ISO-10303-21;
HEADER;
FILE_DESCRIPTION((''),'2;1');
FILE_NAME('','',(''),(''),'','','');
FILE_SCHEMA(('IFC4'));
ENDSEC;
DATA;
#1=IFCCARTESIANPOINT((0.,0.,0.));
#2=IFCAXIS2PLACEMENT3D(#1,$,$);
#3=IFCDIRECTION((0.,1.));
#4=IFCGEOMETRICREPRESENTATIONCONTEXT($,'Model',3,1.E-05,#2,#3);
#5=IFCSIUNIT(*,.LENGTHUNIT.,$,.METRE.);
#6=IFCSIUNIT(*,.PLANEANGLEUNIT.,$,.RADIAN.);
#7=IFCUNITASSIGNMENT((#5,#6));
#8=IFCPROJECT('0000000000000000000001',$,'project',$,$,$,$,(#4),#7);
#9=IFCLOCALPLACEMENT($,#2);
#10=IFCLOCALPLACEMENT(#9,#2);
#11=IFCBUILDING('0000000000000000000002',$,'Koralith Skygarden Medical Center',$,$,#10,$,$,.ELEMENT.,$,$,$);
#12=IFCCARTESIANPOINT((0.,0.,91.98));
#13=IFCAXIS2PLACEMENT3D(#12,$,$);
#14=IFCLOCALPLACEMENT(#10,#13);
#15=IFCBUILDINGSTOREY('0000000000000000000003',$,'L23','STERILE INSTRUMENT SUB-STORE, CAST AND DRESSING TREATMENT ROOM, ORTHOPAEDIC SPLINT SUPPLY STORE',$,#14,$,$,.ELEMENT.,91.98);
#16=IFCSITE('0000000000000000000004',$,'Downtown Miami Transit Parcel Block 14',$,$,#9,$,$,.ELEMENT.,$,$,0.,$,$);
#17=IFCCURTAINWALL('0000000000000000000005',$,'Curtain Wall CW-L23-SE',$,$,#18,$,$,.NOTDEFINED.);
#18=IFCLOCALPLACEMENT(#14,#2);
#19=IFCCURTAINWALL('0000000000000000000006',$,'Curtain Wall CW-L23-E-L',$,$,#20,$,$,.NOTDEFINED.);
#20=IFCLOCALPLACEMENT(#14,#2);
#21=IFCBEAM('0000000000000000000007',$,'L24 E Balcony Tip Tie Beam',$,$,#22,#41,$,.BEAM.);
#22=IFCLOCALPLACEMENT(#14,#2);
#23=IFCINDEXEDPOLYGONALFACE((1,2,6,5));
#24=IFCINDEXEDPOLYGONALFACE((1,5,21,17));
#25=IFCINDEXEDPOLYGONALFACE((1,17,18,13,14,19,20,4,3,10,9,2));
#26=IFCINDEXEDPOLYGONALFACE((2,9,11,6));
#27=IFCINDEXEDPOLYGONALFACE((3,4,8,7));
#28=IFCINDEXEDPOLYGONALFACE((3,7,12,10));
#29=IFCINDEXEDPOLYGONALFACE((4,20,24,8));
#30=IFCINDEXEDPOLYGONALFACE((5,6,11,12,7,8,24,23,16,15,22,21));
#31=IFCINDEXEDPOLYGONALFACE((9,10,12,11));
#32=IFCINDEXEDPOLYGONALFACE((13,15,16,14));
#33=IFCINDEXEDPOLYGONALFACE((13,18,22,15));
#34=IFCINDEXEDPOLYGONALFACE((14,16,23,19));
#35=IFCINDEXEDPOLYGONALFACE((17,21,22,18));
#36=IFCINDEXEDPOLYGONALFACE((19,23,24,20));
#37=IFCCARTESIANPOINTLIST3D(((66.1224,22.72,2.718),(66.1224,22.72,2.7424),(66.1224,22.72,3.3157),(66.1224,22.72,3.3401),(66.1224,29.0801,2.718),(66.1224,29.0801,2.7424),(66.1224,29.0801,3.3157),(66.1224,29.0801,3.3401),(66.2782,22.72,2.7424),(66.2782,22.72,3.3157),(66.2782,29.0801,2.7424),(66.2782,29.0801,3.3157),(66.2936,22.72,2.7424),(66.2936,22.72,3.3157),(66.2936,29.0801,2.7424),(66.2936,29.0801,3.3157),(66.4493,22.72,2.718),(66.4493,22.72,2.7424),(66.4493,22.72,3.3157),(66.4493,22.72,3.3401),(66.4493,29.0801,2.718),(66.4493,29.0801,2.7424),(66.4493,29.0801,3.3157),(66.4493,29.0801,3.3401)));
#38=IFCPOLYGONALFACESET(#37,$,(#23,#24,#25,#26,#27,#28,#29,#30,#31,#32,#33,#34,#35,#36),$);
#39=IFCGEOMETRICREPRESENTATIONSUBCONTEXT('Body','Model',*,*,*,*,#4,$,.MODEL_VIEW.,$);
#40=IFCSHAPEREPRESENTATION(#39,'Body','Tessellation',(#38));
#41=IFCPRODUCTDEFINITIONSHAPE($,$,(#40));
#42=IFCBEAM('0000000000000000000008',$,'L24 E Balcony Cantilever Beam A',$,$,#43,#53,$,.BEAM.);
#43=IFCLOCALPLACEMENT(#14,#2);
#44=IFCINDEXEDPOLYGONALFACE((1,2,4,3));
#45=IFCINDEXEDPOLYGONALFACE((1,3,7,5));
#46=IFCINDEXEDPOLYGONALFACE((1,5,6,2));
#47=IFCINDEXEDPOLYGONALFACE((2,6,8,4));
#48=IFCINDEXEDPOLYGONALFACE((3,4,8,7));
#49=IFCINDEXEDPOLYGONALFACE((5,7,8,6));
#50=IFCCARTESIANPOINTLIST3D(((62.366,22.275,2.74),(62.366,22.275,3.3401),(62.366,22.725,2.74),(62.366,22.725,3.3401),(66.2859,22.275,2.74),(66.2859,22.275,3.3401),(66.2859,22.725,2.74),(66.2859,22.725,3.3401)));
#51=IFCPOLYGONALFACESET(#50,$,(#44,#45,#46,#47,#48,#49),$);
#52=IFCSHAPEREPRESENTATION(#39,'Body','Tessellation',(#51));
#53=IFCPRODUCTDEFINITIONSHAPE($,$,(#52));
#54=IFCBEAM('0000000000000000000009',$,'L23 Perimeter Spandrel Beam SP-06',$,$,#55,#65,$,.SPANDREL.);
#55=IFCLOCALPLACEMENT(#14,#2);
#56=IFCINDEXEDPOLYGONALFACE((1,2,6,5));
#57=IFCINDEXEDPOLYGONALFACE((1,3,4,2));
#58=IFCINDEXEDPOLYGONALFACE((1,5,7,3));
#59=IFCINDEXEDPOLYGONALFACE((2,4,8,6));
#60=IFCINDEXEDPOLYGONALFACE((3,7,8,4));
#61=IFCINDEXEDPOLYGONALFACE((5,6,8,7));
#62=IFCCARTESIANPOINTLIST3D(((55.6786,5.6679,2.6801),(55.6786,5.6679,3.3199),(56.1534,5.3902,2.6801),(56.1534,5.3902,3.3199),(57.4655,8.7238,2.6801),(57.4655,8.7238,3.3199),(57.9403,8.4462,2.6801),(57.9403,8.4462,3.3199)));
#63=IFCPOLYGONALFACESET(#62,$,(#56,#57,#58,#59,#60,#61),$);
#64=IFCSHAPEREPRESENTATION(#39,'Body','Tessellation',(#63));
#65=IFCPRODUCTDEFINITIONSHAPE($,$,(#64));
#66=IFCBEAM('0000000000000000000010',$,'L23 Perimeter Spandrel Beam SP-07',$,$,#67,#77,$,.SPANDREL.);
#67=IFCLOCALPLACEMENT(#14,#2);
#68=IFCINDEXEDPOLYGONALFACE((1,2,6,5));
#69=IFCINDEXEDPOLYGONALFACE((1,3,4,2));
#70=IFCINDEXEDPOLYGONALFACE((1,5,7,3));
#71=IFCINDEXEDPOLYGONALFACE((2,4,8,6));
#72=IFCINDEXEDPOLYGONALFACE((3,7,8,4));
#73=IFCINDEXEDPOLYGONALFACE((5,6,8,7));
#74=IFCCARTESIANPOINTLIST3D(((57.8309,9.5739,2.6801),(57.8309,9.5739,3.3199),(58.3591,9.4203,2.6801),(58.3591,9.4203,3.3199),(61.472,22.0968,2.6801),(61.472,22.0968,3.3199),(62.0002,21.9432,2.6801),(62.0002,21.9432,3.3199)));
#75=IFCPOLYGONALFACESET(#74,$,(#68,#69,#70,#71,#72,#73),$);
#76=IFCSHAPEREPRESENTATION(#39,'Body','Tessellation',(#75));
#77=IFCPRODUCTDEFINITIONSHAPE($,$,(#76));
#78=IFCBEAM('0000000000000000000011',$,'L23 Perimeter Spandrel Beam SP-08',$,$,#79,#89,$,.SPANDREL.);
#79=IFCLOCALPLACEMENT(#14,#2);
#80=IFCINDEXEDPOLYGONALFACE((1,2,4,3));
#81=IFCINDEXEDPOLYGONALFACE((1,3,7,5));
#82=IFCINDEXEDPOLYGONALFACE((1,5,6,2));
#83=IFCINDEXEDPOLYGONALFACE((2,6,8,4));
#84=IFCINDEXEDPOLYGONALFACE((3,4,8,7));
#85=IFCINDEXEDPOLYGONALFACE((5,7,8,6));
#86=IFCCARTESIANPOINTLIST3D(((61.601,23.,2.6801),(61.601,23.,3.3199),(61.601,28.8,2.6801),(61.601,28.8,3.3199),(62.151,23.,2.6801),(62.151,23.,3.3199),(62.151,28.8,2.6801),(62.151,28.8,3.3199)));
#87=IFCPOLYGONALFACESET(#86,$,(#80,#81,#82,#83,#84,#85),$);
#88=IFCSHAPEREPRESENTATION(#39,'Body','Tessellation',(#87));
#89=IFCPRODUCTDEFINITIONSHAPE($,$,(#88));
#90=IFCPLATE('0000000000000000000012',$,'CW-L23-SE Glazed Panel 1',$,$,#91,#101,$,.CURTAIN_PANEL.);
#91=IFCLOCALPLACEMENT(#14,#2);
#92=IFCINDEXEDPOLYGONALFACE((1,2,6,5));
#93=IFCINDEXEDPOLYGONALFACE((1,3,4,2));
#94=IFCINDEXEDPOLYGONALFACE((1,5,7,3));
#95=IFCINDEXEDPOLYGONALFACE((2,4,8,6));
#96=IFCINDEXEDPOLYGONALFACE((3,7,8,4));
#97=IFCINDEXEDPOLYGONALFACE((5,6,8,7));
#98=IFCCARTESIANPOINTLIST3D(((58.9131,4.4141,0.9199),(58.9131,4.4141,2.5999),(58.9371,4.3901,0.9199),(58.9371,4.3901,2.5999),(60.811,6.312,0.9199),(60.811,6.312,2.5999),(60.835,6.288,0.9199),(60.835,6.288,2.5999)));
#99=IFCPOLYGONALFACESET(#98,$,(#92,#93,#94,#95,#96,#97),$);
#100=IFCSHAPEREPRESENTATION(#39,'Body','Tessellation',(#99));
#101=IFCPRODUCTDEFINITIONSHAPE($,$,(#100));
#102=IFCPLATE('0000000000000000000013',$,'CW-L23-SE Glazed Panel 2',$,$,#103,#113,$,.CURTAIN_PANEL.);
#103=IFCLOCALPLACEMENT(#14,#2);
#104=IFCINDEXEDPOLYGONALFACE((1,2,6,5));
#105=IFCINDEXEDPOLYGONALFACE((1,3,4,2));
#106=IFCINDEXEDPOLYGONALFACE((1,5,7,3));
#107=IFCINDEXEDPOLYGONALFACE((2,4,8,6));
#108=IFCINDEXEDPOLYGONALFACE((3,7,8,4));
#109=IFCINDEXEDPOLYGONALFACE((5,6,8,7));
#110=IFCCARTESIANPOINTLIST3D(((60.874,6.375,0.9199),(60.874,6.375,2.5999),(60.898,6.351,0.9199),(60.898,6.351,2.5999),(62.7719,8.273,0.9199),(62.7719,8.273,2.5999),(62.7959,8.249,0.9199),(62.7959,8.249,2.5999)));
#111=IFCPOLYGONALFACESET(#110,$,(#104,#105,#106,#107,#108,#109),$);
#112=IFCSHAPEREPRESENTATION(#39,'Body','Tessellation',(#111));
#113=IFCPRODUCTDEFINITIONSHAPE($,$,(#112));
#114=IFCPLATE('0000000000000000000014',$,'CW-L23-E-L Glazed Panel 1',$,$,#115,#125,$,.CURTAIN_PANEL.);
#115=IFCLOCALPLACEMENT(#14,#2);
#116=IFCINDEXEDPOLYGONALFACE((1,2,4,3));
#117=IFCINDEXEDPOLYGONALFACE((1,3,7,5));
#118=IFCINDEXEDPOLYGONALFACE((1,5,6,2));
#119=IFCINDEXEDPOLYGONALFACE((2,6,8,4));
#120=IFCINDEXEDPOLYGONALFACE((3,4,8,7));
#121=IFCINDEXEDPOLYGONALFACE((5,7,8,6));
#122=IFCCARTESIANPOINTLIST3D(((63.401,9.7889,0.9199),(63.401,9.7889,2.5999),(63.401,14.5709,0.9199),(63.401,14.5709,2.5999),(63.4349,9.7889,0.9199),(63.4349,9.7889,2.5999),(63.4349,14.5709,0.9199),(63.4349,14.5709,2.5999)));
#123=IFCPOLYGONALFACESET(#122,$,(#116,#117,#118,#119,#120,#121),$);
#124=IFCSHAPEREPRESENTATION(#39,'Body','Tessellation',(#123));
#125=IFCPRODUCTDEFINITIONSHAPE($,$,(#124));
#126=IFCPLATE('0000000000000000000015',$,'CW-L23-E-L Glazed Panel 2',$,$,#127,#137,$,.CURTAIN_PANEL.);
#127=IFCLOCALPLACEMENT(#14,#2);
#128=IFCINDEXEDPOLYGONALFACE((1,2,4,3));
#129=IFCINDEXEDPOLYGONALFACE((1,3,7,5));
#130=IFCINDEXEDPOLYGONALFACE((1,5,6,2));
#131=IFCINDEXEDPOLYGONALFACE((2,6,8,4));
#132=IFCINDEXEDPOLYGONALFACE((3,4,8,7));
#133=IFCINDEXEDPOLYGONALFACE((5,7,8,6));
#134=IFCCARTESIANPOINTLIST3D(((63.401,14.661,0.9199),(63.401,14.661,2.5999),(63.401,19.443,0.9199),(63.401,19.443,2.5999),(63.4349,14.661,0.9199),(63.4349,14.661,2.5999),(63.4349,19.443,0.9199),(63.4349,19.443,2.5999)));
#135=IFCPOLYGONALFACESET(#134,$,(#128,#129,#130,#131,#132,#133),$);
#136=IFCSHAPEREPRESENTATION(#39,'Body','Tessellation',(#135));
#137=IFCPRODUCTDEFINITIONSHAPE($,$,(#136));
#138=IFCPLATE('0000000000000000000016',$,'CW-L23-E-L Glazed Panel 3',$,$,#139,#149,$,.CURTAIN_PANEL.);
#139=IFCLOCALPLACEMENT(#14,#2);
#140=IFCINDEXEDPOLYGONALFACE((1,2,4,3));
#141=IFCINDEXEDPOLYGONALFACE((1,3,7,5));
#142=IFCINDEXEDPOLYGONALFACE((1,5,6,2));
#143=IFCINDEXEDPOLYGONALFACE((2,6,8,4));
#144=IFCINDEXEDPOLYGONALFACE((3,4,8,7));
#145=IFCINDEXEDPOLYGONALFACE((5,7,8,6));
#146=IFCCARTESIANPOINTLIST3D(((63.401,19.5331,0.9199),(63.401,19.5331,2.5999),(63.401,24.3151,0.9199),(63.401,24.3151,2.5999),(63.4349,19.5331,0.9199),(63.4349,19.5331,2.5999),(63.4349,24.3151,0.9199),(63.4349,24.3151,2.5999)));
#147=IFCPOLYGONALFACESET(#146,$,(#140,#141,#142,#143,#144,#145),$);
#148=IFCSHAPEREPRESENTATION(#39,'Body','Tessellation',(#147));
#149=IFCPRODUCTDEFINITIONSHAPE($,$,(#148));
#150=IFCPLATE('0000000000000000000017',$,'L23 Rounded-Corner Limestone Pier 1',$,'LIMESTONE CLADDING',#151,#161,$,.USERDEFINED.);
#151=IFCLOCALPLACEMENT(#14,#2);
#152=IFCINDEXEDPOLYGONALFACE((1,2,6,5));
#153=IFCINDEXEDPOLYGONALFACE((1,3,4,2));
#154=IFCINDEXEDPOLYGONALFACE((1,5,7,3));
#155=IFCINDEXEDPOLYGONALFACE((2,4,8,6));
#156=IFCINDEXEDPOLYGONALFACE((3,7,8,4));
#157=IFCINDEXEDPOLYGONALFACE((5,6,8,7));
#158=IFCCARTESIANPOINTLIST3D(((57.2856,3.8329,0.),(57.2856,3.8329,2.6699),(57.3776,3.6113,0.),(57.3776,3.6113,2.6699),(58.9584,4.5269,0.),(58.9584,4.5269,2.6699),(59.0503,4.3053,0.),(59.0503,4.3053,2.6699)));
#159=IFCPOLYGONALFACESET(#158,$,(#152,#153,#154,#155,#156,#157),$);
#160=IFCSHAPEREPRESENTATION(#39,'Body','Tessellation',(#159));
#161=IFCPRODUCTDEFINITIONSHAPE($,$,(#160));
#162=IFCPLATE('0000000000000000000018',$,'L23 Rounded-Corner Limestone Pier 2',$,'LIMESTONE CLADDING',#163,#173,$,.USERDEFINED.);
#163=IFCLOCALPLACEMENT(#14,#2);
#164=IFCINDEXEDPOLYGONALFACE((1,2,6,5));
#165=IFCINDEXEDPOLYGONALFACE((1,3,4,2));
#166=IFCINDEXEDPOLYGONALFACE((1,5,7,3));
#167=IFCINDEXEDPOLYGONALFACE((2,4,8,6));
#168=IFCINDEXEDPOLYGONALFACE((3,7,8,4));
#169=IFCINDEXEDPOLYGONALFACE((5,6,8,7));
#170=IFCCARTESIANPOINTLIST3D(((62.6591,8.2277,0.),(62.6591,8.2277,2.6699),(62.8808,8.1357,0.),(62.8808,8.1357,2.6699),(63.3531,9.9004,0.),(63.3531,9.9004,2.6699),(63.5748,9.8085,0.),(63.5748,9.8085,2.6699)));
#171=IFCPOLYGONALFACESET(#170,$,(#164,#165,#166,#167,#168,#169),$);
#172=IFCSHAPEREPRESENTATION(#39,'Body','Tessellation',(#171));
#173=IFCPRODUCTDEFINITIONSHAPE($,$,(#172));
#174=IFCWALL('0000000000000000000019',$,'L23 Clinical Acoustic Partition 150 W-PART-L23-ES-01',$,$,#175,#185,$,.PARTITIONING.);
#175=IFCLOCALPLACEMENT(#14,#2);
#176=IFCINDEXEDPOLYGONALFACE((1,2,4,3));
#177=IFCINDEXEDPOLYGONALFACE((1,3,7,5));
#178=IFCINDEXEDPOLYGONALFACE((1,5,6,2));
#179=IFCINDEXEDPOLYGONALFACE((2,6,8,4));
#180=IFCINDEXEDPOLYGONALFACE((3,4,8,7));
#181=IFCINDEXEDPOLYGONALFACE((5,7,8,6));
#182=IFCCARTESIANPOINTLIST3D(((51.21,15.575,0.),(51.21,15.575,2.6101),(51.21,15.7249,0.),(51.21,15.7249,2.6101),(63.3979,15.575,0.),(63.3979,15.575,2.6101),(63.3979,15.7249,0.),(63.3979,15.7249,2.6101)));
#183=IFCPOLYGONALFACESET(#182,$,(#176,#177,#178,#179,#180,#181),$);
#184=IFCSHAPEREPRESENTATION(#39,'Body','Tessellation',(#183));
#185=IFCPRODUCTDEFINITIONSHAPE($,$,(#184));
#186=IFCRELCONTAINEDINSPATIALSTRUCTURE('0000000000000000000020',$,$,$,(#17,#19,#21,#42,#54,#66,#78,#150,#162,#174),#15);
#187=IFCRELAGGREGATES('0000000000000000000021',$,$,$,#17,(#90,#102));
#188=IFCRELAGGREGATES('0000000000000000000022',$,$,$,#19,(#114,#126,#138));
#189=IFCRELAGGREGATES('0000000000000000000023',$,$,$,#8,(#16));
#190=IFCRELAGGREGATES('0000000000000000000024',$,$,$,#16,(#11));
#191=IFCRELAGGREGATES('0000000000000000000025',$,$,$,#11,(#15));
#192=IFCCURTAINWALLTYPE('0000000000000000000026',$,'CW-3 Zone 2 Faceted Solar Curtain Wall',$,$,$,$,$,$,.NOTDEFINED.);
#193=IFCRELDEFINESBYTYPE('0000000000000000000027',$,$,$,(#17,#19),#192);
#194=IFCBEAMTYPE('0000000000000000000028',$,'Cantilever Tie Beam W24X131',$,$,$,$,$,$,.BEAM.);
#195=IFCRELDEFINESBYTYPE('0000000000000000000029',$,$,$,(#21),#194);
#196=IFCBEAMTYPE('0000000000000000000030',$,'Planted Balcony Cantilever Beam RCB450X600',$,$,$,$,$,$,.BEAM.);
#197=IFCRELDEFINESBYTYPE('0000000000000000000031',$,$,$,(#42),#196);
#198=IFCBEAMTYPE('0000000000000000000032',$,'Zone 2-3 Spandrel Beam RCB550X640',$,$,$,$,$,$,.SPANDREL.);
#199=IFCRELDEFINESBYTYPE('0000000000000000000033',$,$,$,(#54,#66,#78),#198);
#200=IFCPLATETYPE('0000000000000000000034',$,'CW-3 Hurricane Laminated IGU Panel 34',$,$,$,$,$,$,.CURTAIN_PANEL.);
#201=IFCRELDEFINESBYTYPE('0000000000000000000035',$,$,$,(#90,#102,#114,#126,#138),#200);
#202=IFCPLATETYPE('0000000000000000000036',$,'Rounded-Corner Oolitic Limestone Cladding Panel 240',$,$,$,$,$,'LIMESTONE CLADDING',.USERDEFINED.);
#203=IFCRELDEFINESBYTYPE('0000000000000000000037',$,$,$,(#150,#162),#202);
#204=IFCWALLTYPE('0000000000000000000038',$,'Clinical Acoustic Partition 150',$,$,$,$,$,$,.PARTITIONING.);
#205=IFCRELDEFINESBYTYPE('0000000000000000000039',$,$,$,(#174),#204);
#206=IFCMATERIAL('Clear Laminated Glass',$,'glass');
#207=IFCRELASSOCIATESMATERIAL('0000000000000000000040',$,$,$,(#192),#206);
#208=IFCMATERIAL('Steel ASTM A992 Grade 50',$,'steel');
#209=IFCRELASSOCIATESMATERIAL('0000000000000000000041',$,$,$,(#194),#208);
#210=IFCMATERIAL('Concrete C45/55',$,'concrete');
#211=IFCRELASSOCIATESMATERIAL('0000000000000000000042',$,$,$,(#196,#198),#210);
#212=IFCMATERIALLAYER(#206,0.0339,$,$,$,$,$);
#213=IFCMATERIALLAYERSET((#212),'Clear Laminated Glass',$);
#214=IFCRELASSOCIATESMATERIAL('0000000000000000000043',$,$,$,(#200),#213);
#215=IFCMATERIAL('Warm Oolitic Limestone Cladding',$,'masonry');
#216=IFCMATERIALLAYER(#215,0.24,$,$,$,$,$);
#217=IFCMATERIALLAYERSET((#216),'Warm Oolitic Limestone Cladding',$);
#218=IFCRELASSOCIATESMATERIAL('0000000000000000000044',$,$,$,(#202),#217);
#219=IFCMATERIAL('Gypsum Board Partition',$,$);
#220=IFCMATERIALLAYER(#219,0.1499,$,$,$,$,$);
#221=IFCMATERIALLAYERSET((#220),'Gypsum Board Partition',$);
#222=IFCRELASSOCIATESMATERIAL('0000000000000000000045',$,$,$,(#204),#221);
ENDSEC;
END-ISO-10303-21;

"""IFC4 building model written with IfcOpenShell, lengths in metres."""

from ifc_helpers import new_model, si_unit, direction, frame, frame_2d, origin, origin_2d, place, context, subcontext, project, spatial, rectangle, i_section, extrude, material, layer, layer_set, material_profile, profile_set, type_object, element, aggregate, save


model = new_model("IFC4")

# Units and contexts
model_context = context("Model", 3, precision=1e-05, world=origin(), true_north=direction((0.0, 1.0)))
body_context = subcontext(model_context, "Body", "Model", "MODEL_VIEW")
ifc_project = project(units=[si_unit("LENGTHUNIT", "METRE"), si_unit("PLANEANGLEUNIT", "RADIAN")], contexts=[model_context])

# Site, building, storey
site_placement = place(None, origin())
site = spatial("IfcSite", under=ifc_project, at=site_placement, Name="Downtown Miami Transit Parcel Block 14", CompositionType="ELEMENT", RefElevation=0.0)
building_placement = place(site_placement, origin())
building = spatial("IfcBuilding", under=site, at=building_placement, Name="Koralith Skygarden Medical Center", CompositionType="ELEMENT")
storey_placement = place(building_placement, frame((0.0, 0.0, 91.98)))
storey = spatial("IfcBuildingStorey", under=building, at=storey_placement, Name="L23", Description="STERILE INSTRUMENT SUB-STORE, CAST AND DRESSING TREATMENT ROOM, ORTHOPAEDIC SPLINT SUPPLY STORE", CompositionType="ELEMENT", Elevation=91.98)

# Shared definitions
ifc_material_1 = material(Name="Clear Laminated Glass", Category="glass")
curtain_wall_type = type_object("IfcCurtainWallType", Name="CW-3 Zone 2 Faceted Solar Curtain Wall", PredefinedType="NOTDEFINED", material=ifc_material_1)

# Curtain walls
curtain_wall_1_placement = place(storey_placement, origin())
curtain_wall_1 = element("IfcCurtainWall", 1, at=curtain_wall_1_placement, inside=storey, type_object=curtain_wall_type, Name="Curtain Wall CW-L23-SE", PredefinedType="NOTDEFINED")
curtain_wall_2_placement = place(storey_placement, origin())
curtain_wall_2 = element("IfcCurtainWall", 2, at=curtain_wall_2_placement, inside=storey, type_object=curtain_wall_type, Name="Curtain Wall CW-L23-E-L", PredefinedType="NOTDEFINED")

# Beams
ifc_material_2 = material(Name="Steel ASTM A992 Grade 50", Category="steel")
ifc_material_profile_1 = material_profile(ifc_material_2, i_section(OverallWidth=0.3269, OverallDepth=0.6221, WebThickness=0.0154, FlangeThickness=0.0244, at=origin_2d()), Name="W24X131")
ifc_profile_set_1 = profile_set([ifc_material_profile_1], Name="Steel ASTM A992 Grade 50")
beam_type_1 = type_object("IfcBeamType", Name="Cantilever Tie Beam W24X131", PredefinedType="BEAM", material=ifc_profile_set_1)
beam_1_placement = place(storey_placement, frame((66.2859, 22.72, 3.0291), z_axis=(0.0, 1.0, 0.0), x_axis=(-1.0, 0.0, 0.0)))
element("IfcBeam", 3, at=beam_1_placement, inside=storey, type_object=beam_type_1, Name="L24 E Balcony Tip Tie Beam", PredefinedType="BEAM", context=body_context, shape_type="SweptSolid", body=[
    extrude(i_section(OverallWidth=0.3269, OverallDepth=0.6221, WebThickness=0.0154, FlangeThickness=0.0244, at=origin_2d()), origin(), (0.0, 0.0, 1.0), 6.3601),
])
ifc_material_3 = material(Name="Concrete C45/55", Category="concrete")
ifc_material_profile_2 = material_profile(ifc_material_3, rectangle(XDim=0.45, YDim=0.6001, at=origin_2d()), Name="RCB450X600")
ifc_profile_set_2 = profile_set([ifc_material_profile_2], Name="Concrete C45/55")
beam_type_2 = type_object("IfcBeamType", Name="Planted Balcony Cantilever Beam RCB450X600", PredefinedType="BEAM", material=ifc_profile_set_2)
beam_2_placement = place(storey_placement, frame((62.366, 22.5, 3.04), z_axis=(1.0, 0.0, 0.0), x_axis=(0.0, 1.0, 0.0)))
element("IfcBeam", 4, at=beam_2_placement, inside=storey, type_object=beam_type_2, Name="L24 E Balcony Cantilever Beam A", PredefinedType="BEAM", context=body_context, shape_type="SweptSolid", body=[
    extrude(rectangle(XDim=0.45, YDim=0.6001, at=origin_2d()), origin(), (0.0, 0.0, 1.0), 3.9199),
])
ifc_material_profile_3 = material_profile(ifc_material_3, rectangle(XDim=0.55, YDim=0.6399, at=origin_2d()), Name="RCB550X640")
ifc_profile_set_3 = profile_set([ifc_material_profile_3], Name="Concrete C45/55")
beam_type_3 = type_object("IfcBeamType", Name="Zone 2-3 Spandrel Beam RCB550X640", PredefinedType="SPANDREL", material=ifc_profile_set_3)
beam_3_placement = place(storey_placement, frame((55.916, 5.5291, 3.0), z_axis=(0.504767, 0.863256, 0.0), x_axis=(-0.863256, 0.504767, 0.0)))
element("IfcBeam", 5, at=beam_3_placement, inside=storey, type_object=beam_type_3, Name="L23 Perimeter Spandrel Beam SP-06", PredefinedType="SPANDREL", context=body_context, shape_type="SweptSolid", body=[
    extrude(rectangle(XDim=0.55, YDim=0.6399, at=origin_2d()), origin(), (0.0, 0.0, 1.0), 3.54),
])
beam_4_placement = place(storey_placement, frame((58.095, 9.4971, 3.0), z_axis=(0.279193, 0.960235, 0.0), x_axis=(-0.960235, 0.279193, 0.0)))
element("IfcBeam", 6, at=beam_4_placement, inside=storey, type_object=beam_type_3, Name="L23 Perimeter Spandrel Beam SP-07", PredefinedType="SPANDREL", context=body_context, shape_type="SweptSolid", body=[
    extrude(rectangle(XDim=0.55, YDim=0.6399, at=origin_2d()), origin(), (0.0, 0.0, 1.0), 13.0415),
])
beam_5_placement = place(storey_placement, frame((61.876, 23.0, 3.0), z_axis=(0.0, 1.0, 0.0), x_axis=(-1.0, 0.0, 0.0)))
element("IfcBeam", 7, at=beam_5_placement, inside=storey, type_object=beam_type_3, Name="L23 Perimeter Spandrel Beam SP-08", PredefinedType="SPANDREL", context=body_context, shape_type="SweptSolid", body=[
    extrude(rectangle(XDim=0.55, YDim=0.6399, at=origin_2d()), origin(), (0.0, 0.0, 1.0), 5.8),
])

# Plates
ifc_layer_1 = layer(ifc_material_1, 0.0339)
ifc_layer_set_1 = layer_set([ifc_layer_1], Name="Clear Laminated Glass")
plate_type_1 = type_object("IfcPlateType", Name="CW-3 Hurricane Laminated IGU Panel 34", PredefinedType="CURTAIN_PANEL", material=ifc_layer_set_1)
plate_1_placement = place(storey_placement, frame((59.874, 5.3511, 0.9199), z_axis=(0.0, 0.0, 1.0), x_axis=(0.707107, 0.707107, 0.0)))
plate_1 = element("IfcPlate", 8, at=plate_1_placement, type_object=plate_type_1, Name="CW-L23-SE Glazed Panel 1", PredefinedType="CURTAIN_PANEL", context=body_context, shape_type="SweptSolid", body=[
    extrude(rectangle(XDim=2.6841, YDim=0.0339, at=origin_2d()), origin(), (0.0, 0.0, 1.0), 1.6799),
])
plate_2_placement = place(storey_placement, frame((61.835, 7.312, 0.9199), z_axis=(0.0, 0.0, 1.0), x_axis=(0.707107, 0.707107, 0.0)))
plate_2 = element("IfcPlate", 9, at=plate_2_placement, type_object=plate_type_1, Name="CW-L23-SE Glazed Panel 2", PredefinedType="CURTAIN_PANEL", context=body_context, shape_type="SweptSolid", body=[
    extrude(rectangle(XDim=2.6841, YDim=0.0339, at=origin_2d()), origin(), (0.0, 0.0, 1.0), 1.6799),
])
aggregate(curtain_wall_1, [plate_1, plate_2])
plate_3_placement = place(storey_placement, frame((63.418, 12.1799, 0.9199), z_axis=(0.0, 0.0, 1.0), x_axis=(0.0, 1.0, 0.0)))
plate_3 = element("IfcPlate", 10, at=plate_3_placement, type_object=plate_type_1, Name="CW-L23-E-L Glazed Panel 1", PredefinedType="CURTAIN_PANEL", context=body_context, shape_type="SweptSolid", body=[
    extrude(rectangle(XDim=4.782, YDim=0.0339, at=origin_2d()), origin(), (0.0, 0.0, 1.0), 1.6799),
])
plate_4_placement = place(storey_placement, frame((63.418, 17.052, 0.9199), z_axis=(0.0, 0.0, 1.0), x_axis=(0.0, 1.0, 0.0)))
plate_4 = element("IfcPlate", 11, at=plate_4_placement, type_object=plate_type_1, Name="CW-L23-E-L Glazed Panel 2", PredefinedType="CURTAIN_PANEL", context=body_context, shape_type="SweptSolid", body=[
    extrude(rectangle(XDim=4.782, YDim=0.0339, at=origin_2d()), origin(), (0.0, 0.0, 1.0), 1.6799),
])
plate_5_placement = place(storey_placement, frame((63.418, 21.9241, 0.9199), z_axis=(0.0, 0.0, 1.0), x_axis=(0.0, 1.0, 0.0)))
plate_5 = element("IfcPlate", 12, at=plate_5_placement, type_object=plate_type_1, Name="CW-L23-E-L Glazed Panel 3", PredefinedType="CURTAIN_PANEL", context=body_context, shape_type="SweptSolid", body=[
    extrude(rectangle(XDim=4.782, YDim=0.0339, at=origin_2d()), origin(), (0.0, 0.0, 1.0), 1.6799),
])
aggregate(curtain_wall_2, [plate_3, plate_4, plate_5])

# Plates
ifc_material_4 = material(Name="Warm Oolitic Limestone Cladding", Category="masonry")
ifc_layer_2 = layer(ifc_material_4, 0.24)
ifc_layer_set_2 = layer_set([ifc_layer_2], Name="Warm Oolitic Limestone Cladding")
plate_type_2 = type_object("IfcPlateType", Name="Rounded-Corner Oolitic Limestone Cladding Panel 240", ElementType="LIMESTONE CLADDING", PredefinedType="USERDEFINED", material=ifc_layer_set_2)
for number, where, z_axis, x_axis, name in (
    (13, (58.168, 4.0691, 0.0), (0.0, 0.0, 1.0), (0.92366, 0.383214, 0.0), "L23 Rounded-Corner Limestone Pier 1"),
    (14, (63.1169, 9.0181, 0.0), (0.0, 0.0, 1.0), (0.383214, 0.92366, 0.0), "L23 Rounded-Corner Limestone Pier 2"),
):
    element("IfcPlate", number, at=place(storey_placement, frame(where, z_axis=z_axis, x_axis=x_axis)), inside=storey, type_object=plate_type_2, Name=name, ObjectType="LIMESTONE CLADDING", PredefinedType="USERDEFINED", context=body_context, shape_type="SweptSolid", body=[
        extrude(rectangle(XDim=1.811, YDim=0.24, at=origin_2d()), origin(), (0.0, 0.0, 1.0), 2.6699),
    ])

# Wall
ifc_material_5 = material(Name="Gypsum Board Partition")
ifc_layer_3 = layer(ifc_material_5, 0.1499)
ifc_layer_set_3 = layer_set([ifc_layer_3], Name="Gypsum Board Partition")
wall_type_1 = type_object("IfcWallType", Name="Clinical Acoustic Partition 150", PredefinedType="PARTITIONING", material=ifc_layer_set_3)
wall_1_placement = place(storey_placement, frame((51.21, 15.6499, 0.0), z_axis=(0.0, 0.0, 1.0), x_axis=(1.0, 0.0, 0.0)))
element("IfcWall", 15, at=wall_1_placement, inside=storey, type_object=wall_type_1, Name="L23 Clinical Acoustic Partition 150 W-PART-L23-ES-01", PredefinedType="PARTITIONING", context=body_context, shape_type="SweptSolid", body=[
    extrude(rectangle(XDim=12.188, YDim=0.1499, at=frame_2d((6.094, 0.0))), origin(), (0.0, 0.0, 1.0), 2.6101),
])

save(model, "model.ifc")
